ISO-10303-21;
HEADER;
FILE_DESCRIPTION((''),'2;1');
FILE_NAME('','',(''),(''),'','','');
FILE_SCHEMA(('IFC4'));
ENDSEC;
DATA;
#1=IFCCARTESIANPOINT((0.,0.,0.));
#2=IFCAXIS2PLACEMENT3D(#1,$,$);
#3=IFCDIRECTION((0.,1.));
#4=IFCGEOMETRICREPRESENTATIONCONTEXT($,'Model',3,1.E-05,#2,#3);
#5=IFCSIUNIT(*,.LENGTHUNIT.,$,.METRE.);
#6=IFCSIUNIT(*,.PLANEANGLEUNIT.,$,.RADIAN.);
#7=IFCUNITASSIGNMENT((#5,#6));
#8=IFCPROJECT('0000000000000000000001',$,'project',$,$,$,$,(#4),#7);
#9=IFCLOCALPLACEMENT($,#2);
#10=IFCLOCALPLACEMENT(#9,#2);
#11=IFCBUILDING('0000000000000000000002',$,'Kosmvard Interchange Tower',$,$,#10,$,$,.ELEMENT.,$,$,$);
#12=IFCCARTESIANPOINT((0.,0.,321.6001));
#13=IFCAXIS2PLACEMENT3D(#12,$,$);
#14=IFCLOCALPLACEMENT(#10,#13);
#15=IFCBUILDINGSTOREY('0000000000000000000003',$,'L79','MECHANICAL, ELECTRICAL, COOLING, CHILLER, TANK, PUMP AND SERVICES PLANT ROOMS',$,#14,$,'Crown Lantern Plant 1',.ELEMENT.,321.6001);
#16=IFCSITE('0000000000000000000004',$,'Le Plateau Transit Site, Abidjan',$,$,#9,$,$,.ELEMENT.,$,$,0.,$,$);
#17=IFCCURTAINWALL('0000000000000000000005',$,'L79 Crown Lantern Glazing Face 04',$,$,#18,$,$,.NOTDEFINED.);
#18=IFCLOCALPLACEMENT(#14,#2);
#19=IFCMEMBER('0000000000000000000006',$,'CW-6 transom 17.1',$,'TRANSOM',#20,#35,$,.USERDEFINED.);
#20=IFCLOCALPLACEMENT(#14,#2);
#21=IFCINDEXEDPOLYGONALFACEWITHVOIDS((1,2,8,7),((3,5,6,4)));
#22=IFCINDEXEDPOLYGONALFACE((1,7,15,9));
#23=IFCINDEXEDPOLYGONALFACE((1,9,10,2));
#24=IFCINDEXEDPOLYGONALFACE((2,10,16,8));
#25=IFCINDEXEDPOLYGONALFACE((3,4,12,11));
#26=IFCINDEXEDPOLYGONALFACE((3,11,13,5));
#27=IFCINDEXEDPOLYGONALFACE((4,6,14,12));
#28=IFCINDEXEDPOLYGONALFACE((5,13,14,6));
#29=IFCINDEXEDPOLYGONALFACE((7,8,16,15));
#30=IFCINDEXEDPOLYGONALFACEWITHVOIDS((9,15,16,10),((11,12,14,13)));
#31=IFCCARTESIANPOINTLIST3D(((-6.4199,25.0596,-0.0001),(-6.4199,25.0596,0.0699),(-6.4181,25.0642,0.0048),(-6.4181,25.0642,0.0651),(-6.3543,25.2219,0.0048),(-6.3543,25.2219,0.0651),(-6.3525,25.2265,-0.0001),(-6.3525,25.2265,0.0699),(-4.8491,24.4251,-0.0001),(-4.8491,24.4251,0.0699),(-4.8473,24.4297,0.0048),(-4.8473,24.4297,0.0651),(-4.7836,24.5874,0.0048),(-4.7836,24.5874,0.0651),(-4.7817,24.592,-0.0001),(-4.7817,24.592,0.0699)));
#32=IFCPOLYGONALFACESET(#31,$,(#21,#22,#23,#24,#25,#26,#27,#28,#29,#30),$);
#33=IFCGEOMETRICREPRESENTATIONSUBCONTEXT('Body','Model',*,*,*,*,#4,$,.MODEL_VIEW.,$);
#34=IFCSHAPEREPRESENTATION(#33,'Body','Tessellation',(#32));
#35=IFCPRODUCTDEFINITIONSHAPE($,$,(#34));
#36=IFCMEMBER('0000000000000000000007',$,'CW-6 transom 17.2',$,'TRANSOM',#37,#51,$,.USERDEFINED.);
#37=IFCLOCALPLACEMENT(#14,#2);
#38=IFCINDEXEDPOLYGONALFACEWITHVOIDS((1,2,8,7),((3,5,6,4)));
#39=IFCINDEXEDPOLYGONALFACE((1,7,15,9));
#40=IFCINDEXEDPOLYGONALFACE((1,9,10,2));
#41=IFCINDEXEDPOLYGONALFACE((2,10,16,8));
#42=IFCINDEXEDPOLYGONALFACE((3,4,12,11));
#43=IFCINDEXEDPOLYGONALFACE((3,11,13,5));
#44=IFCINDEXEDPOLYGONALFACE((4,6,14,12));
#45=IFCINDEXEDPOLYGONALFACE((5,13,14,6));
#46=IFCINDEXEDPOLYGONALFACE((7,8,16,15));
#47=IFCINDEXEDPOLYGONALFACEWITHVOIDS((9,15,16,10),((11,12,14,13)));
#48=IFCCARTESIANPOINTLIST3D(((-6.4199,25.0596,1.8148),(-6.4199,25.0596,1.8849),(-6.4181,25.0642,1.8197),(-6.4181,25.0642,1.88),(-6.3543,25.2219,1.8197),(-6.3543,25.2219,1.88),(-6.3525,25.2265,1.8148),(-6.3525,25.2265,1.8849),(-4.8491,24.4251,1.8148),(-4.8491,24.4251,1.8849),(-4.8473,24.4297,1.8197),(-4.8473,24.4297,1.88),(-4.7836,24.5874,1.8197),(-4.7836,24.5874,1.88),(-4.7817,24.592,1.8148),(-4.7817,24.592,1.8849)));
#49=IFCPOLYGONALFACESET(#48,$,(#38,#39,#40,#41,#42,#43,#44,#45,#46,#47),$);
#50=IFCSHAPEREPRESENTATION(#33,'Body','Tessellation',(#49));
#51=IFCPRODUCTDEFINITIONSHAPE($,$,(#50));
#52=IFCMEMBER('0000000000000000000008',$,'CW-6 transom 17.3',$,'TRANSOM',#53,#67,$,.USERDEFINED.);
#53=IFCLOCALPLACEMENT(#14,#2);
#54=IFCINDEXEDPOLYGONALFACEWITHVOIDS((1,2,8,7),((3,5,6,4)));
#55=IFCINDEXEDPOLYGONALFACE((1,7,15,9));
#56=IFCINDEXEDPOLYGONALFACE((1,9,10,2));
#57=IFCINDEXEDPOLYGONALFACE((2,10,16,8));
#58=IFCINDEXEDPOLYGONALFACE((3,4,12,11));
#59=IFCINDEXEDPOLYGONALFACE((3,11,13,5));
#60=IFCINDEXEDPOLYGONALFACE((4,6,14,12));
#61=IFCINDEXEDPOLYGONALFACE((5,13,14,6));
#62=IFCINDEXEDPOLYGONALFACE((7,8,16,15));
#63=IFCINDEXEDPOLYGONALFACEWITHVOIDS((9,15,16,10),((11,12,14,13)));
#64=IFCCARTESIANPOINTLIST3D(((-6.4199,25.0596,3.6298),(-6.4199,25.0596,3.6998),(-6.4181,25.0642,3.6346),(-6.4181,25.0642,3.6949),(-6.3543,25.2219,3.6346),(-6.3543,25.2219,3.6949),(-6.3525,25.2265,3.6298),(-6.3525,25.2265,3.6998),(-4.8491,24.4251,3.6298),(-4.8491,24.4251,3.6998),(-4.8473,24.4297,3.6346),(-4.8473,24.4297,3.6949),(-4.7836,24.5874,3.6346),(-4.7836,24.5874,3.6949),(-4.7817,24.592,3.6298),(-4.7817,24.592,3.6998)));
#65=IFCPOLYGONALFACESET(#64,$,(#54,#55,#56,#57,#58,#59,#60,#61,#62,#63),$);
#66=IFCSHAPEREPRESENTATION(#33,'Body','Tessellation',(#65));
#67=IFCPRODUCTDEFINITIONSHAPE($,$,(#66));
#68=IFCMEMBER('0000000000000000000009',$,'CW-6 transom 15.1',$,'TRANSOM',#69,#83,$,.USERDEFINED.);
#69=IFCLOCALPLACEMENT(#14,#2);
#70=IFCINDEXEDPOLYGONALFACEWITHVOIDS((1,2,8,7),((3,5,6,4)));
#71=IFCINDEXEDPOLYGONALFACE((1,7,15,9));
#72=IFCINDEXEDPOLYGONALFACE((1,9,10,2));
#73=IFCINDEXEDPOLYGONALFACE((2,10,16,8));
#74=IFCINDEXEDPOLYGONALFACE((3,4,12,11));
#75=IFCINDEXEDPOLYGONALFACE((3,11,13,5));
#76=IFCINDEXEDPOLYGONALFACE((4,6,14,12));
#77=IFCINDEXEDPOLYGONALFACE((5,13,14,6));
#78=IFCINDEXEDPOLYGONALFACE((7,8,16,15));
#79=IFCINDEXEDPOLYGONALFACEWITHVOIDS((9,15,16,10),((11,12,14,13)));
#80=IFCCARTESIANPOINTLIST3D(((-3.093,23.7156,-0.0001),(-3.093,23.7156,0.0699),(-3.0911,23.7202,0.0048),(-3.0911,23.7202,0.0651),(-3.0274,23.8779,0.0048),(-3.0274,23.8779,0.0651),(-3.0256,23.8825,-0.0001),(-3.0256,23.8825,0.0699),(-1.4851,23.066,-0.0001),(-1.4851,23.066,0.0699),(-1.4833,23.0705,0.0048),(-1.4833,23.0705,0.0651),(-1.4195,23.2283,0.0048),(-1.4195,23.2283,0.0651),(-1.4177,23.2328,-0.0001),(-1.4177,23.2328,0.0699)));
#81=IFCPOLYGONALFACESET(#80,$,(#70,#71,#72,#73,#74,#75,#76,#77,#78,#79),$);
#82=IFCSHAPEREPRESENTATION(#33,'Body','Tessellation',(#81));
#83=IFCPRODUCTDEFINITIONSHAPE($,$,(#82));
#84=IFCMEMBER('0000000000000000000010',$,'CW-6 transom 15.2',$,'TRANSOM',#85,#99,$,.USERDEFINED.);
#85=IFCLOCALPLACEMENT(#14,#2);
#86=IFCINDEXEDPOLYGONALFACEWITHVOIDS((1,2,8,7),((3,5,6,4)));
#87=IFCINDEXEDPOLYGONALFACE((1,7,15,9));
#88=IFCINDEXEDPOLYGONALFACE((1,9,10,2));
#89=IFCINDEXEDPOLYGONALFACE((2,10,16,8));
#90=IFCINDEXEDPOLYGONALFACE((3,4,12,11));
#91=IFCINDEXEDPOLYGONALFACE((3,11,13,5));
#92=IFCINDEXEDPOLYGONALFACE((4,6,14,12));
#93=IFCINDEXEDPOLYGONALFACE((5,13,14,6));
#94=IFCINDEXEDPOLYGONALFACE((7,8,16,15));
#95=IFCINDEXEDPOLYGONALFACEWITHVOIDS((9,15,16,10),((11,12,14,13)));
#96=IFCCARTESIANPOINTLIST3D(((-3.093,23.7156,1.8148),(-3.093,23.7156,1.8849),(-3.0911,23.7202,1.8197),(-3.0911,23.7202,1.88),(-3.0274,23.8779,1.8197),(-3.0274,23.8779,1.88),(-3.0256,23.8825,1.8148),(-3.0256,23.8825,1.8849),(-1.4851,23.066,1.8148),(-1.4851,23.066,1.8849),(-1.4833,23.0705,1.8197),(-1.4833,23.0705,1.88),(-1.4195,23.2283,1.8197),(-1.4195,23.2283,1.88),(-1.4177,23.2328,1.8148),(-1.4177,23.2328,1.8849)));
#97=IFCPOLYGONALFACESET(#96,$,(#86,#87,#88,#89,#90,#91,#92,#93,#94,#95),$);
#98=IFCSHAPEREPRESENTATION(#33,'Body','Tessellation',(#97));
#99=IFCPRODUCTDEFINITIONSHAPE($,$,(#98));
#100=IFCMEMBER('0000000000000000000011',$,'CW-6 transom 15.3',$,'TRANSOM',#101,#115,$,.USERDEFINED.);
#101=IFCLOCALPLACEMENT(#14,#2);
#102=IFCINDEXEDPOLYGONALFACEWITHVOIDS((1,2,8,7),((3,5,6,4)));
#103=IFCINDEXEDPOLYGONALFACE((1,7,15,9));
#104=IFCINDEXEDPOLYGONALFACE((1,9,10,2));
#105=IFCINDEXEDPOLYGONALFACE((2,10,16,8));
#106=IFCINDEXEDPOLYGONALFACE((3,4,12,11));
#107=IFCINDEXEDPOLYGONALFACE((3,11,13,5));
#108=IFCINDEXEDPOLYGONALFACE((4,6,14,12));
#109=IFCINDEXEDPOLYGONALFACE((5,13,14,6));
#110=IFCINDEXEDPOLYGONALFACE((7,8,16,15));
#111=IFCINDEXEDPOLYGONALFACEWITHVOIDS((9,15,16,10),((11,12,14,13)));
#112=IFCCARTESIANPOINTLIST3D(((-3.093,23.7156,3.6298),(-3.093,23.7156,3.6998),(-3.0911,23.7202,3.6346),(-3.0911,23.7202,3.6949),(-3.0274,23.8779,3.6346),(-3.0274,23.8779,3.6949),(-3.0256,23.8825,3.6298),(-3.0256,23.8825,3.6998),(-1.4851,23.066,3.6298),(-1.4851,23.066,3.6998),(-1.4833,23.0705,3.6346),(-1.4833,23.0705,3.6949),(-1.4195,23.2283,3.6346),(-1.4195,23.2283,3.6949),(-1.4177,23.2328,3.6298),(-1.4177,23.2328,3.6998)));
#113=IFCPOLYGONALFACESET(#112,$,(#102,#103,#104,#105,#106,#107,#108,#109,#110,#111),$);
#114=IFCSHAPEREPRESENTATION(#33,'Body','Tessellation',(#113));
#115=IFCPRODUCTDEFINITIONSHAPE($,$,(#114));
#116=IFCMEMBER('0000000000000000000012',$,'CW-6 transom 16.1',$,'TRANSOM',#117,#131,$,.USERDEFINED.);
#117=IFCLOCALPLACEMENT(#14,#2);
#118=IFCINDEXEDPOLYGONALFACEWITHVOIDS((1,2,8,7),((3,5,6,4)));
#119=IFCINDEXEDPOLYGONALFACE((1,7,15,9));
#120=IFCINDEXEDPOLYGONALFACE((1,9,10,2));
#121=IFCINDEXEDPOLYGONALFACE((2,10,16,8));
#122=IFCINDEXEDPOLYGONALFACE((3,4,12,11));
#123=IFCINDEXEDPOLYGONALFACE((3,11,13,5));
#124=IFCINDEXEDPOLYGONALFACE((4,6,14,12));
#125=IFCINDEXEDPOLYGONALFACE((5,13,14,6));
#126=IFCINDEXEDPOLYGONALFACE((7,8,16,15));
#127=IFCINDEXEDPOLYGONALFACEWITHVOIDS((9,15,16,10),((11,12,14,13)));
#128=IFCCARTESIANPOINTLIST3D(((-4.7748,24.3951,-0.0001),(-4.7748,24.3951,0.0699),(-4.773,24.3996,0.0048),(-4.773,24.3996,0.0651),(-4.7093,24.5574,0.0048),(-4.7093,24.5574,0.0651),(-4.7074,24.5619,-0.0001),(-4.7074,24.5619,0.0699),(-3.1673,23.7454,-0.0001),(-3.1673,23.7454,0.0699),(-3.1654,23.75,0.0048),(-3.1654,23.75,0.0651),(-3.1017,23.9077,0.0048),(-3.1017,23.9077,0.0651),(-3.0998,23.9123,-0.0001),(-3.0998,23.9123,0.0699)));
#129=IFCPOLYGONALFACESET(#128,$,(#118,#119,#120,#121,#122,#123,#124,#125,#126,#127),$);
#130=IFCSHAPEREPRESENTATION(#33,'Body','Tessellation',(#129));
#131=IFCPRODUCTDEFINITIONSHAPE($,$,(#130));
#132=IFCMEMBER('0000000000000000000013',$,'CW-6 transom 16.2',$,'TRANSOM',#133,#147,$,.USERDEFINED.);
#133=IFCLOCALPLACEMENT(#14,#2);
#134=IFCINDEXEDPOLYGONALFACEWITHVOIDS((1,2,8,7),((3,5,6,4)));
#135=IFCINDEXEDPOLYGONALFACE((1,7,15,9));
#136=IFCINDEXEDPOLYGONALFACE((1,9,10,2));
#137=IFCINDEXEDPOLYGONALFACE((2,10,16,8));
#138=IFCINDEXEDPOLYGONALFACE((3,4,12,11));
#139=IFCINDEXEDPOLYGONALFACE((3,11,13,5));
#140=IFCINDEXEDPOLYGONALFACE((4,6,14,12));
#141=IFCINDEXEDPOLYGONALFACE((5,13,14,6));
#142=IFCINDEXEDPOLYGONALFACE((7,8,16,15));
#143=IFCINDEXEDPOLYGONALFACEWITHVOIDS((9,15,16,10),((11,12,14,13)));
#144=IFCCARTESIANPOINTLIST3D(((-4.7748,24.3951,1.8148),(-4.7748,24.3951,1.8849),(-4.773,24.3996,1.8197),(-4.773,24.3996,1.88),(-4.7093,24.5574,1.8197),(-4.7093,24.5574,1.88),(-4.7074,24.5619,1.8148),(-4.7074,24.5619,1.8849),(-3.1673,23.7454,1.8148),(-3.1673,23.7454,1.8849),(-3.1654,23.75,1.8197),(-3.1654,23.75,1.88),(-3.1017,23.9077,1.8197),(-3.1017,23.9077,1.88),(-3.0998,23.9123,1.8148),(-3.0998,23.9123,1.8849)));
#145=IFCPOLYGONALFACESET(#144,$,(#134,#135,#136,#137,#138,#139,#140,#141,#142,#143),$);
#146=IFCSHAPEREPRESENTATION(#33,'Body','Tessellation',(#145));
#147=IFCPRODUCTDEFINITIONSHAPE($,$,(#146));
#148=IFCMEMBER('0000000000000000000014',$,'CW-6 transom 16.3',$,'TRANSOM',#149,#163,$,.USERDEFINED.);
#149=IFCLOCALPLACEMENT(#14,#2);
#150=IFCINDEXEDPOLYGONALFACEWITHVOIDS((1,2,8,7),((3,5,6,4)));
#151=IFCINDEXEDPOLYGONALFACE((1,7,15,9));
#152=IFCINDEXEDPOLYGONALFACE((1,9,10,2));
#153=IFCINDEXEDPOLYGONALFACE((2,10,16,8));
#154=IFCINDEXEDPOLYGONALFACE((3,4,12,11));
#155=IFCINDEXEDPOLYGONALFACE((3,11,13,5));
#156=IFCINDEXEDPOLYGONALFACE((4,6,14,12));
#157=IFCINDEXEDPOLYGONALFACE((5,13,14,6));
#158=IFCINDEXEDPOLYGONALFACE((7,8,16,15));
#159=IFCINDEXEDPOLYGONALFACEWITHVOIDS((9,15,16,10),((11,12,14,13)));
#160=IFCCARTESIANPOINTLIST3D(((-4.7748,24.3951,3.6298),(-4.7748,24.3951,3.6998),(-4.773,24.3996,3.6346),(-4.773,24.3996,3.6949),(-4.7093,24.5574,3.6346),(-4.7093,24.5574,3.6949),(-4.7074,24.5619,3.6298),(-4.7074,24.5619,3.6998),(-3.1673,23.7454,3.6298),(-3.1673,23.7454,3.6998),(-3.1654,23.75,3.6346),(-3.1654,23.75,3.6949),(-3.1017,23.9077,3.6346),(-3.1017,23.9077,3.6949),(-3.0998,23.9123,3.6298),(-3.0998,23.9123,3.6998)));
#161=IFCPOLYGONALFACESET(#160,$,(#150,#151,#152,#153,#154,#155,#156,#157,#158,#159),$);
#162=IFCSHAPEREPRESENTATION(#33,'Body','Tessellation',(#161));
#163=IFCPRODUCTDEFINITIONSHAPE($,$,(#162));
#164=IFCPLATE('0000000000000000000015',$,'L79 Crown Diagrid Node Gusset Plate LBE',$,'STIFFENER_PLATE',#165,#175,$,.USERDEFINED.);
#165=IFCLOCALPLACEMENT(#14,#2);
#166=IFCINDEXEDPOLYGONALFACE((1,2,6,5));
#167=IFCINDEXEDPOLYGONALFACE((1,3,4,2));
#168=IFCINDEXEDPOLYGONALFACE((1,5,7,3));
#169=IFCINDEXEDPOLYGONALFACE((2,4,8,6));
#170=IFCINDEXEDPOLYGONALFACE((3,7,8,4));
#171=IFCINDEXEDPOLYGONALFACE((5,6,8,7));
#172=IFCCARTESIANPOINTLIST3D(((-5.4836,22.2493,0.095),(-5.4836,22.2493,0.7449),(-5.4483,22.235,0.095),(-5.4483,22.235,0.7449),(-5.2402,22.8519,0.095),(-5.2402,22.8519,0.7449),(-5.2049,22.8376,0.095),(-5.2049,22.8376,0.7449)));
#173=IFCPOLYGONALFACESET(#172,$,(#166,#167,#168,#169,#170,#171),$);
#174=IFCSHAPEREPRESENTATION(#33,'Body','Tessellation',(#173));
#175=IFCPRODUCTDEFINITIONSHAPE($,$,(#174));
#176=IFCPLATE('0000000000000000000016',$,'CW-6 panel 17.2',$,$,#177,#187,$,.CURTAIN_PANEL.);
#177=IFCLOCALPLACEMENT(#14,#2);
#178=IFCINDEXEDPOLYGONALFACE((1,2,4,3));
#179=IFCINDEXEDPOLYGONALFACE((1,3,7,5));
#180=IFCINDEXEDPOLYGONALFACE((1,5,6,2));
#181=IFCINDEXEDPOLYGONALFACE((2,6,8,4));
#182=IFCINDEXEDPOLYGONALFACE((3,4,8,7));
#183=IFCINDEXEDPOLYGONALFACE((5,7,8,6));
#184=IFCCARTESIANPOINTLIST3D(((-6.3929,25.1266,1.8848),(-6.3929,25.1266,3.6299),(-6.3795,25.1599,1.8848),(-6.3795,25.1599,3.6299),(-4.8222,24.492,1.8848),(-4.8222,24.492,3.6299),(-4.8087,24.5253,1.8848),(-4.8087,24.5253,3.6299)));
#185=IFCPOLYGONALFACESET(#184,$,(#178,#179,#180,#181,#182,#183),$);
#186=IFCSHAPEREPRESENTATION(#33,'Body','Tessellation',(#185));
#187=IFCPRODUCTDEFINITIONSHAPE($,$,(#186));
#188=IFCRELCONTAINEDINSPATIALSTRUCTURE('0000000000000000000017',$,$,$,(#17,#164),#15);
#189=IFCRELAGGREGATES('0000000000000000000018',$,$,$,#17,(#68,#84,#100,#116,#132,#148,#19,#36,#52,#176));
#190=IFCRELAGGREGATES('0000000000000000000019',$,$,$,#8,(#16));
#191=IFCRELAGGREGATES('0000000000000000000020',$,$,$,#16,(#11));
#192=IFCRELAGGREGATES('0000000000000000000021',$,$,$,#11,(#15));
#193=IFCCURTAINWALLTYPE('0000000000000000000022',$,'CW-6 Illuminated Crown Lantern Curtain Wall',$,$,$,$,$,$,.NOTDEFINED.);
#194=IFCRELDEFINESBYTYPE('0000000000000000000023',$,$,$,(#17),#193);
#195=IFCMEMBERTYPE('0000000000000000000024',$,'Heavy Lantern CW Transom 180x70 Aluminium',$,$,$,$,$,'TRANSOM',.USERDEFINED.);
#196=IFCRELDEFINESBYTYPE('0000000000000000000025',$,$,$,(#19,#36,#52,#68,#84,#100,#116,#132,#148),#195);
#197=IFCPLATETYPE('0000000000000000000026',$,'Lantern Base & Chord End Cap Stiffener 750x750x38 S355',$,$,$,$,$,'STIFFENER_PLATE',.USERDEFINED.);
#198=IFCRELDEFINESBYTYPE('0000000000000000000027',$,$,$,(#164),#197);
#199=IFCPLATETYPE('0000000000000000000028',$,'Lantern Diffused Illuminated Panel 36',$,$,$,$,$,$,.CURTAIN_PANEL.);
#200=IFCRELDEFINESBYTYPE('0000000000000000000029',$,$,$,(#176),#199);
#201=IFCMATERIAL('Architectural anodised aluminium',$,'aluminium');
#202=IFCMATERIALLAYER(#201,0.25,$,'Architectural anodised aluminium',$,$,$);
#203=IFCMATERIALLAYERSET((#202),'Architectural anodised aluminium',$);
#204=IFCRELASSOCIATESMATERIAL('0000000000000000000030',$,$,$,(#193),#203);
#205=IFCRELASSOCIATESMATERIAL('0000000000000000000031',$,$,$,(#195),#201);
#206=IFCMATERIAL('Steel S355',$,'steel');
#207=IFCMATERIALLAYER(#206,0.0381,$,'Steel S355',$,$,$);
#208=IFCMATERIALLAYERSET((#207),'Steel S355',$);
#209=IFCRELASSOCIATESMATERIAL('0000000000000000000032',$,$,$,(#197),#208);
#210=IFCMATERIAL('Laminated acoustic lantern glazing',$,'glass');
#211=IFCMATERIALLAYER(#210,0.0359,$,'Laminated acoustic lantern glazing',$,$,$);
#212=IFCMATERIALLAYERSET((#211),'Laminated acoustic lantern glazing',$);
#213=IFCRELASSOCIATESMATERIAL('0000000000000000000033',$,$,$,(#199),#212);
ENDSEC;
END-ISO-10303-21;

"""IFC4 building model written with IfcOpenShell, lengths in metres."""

from ifc_helpers import new_model, si_unit, direction, frame, origin, origin_2d, place, context, subcontext, project, spatial, rectangle, hollow_rectangle, extrude, source, transform, mapped, material, layer, layer_set, material_profile, profile_set, type_object, element, aggregate, save


model = new_model("IFC4")

# Units and contexts
model_context = context("Model", 3, precision=1e-05, world=origin(), true_north=direction((0.0, 1.0)))
body_context = subcontext(model_context, "Body", "Model", "MODEL_VIEW")
ifc_project = project(units=[si_unit("LENGTHUNIT", "METRE"), si_unit("PLANEANGLEUNIT", "RADIAN")], contexts=[model_context])

# Site, building, storey
site_placement = place(None, origin())
site = spatial("IfcSite", under=ifc_project, at=site_placement, Name="Le Plateau Transit Site, Abidjan", CompositionType="ELEMENT", RefElevation=0.0)
building_placement = place(site_placement, origin())
building = spatial("IfcBuilding", under=site, at=building_placement, Name="Kosmvard Interchange Tower", CompositionType="ELEMENT")
storey_placement = place(building_placement, frame((0.0, 0.0, 321.6001)))
storey = spatial("IfcBuildingStorey", under=building, at=storey_placement, Name="L79", Description="MECHANICAL, ELECTRICAL, COOLING, CHILLER, TANK, PUMP AND SERVICES PLANT ROOMS", LongName="Crown Lantern Plant 1", CompositionType="ELEMENT", Elevation=321.6001)

# Shared definitions
ifc_material_1 = material(Name="Steel S355", Category="steel")

# Curtain wall, members
ifc_material_2 = material(Name="Architectural anodised aluminium", Category="aluminium")
ifc_layer_1 = layer(ifc_material_2, 0.25, Name="Architectural anodised aluminium")
ifc_layer_set_1 = layer_set([ifc_layer_1], Name="Architectural anodised aluminium")
curtain_wall_type = type_object("IfcCurtainWallType", Name="CW-6 Illuminated Crown Lantern Curtain Wall", PredefinedType="NOTDEFINED", material=ifc_layer_set_1)
curtain_wall_placement = place(storey_placement, origin())
curtain_wall = element("IfcCurtainWall", 1, at=curtain_wall_placement, inside=storey, type_object=curtain_wall_type, Name="L79 Crown Lantern Glazing Face 04", PredefinedType="NOTDEFINED")
ifc_material_profile_1 = material_profile(ifc_material_2, hollow_rectangle(XDim=0.1799, YDim=0.0701, WallThickness=0.0049, at=origin_2d()), Name="CWT 180x70x5")
ifc_profile_set_1 = profile_set([ifc_material_profile_1], Name="Architectural anodised aluminium")
member_type_1 = type_object("IfcMemberType", Name="Heavy Lantern CW Transom 180x70 Aluminium", ElementType="TRANSOM", PredefinedType="USERDEFINED", material=ifc_profile_set_1)
shared_shape_1 = source(origin(), body_context, "Body", "SweptSolid", [
    extrude(hollow_rectangle(XDim=0.1799, YDim=0.0701, WallThickness=0.0049, at=origin_2d()), origin(), (0.0, 0.0, 1.0), 1.6941),
])
member_1_placement = place(storey_placement, frame((-4.8154, 24.5085, 0.0349), z_axis=(-0.927209, 0.374544, 0.0), x_axis=(-0.374544, -0.927209, 0.0)))
member_1 = element("IfcMember", 2, at=member_1_placement, type_object=member_type_1, Name="CW-6 transom 17.1", ObjectType="TRANSOM", PredefinedType="USERDEFINED", context=body_context, shape_type="MappedRepresentation", body=[
    mapped(shared_shape_1, transform((0.0, 0.0, 0.0), scale=1.0)),
])
member_2_placement = place(storey_placement, frame((-4.8154, 24.5085, 1.8499), z_axis=(-0.927209, 0.374544, 0.0), x_axis=(-0.374544, -0.927209, 0.0)))
member_2 = element("IfcMember", 3, at=member_2_placement, type_object=member_type_1, Name="CW-6 transom 17.2", ObjectType="TRANSOM", PredefinedType="USERDEFINED", context=body_context, shape_type="MappedRepresentation", body=[
    mapped(shared_shape_1, transform((0.0, 0.0, 0.0), scale=1.0)),
])
member_3_placement = place(storey_placement, frame((-4.8154, 24.5085, 3.6648), z_axis=(-0.927209, 0.374544, 0.0), x_axis=(-0.374544, -0.927209, 0.0)))
member_3 = element("IfcMember", 4, at=member_3_placement, type_object=member_type_1, Name="CW-6 transom 17.3", ObjectType="TRANSOM", PredefinedType="USERDEFINED", context=body_context, shape_type="MappedRepresentation", body=[
    mapped(shared_shape_1, transform((0.0, 0.0, 0.0), scale=1.0)),
])
shared_shape_2 = source(origin(), body_context, "Body", "SweptSolid", [
    extrude(hollow_rectangle(XDim=0.1799, YDim=0.0701, WallThickness=0.0049, at=origin_2d()), origin(), (0.0, 0.0, 1.0), 1.7341),
])
member_4_placement = place(storey_placement, frame((-1.4514, 23.1494, 0.0349), z_axis=(-0.92718, 0.374617, 0.0), x_axis=(-0.374617, -0.92718, 0.0)))
member_4 = element("IfcMember", 5, at=member_4_placement, type_object=member_type_1, Name="CW-6 transom 15.1", ObjectType="TRANSOM", PredefinedType="USERDEFINED", context=body_context, shape_type="MappedRepresentation", body=[
    mapped(shared_shape_2, transform((0.0, 0.0, 0.0), scale=1.0)),
])
member_5_placement = place(storey_placement, frame((-1.4514, 23.1494, 1.8499), z_axis=(-0.92718, 0.374617, 0.0), x_axis=(-0.374617, -0.92718, 0.0)))
member_5 = element("IfcMember", 6, at=member_5_placement, type_object=member_type_1, Name="CW-6 transom 15.2", ObjectType="TRANSOM", PredefinedType="USERDEFINED", context=body_context, shape_type="MappedRepresentation", body=[
    mapped(shared_shape_2, transform((0.0, 0.0, 0.0), scale=1.0)),
])
member_6_placement = place(storey_placement, frame((-1.4514, 23.1494, 3.6648), z_axis=(-0.92718, 0.374617, 0.0), x_axis=(-0.374617, -0.92718, 0.0)))
member_6 = element("IfcMember", 7, at=member_6_placement, type_object=member_type_1, Name="CW-6 transom 15.3", ObjectType="TRANSOM", PredefinedType="USERDEFINED", context=body_context, shape_type="MappedRepresentation", body=[
    mapped(shared_shape_2, transform((0.0, 0.0, 0.0), scale=1.0)),
])
shared_shape_3 = source(origin(), body_context, "Body", "SweptSolid", [
    extrude(hollow_rectangle(XDim=0.1799, YDim=0.0701, WallThickness=0.0049, at=origin_2d()), origin(), (0.0, 0.0, 1.0), 1.7339),
])
member_7_placement = place(storey_placement, frame((-3.1335, 23.8289, 0.0349), z_axis=(-0.92716, 0.374666, 0.0), x_axis=(-0.374666, -0.92716, 0.0)))
member_7 = element("IfcMember", 8, at=member_7_placement, type_object=member_type_1, Name="CW-6 transom 16.1", ObjectType="TRANSOM", PredefinedType="USERDEFINED", context=body_context, shape_type="MappedRepresentation", body=[
    mapped(shared_shape_3, transform((0.0, 0.0, 0.0), scale=1.0)),
])
member_8_placement = place(storey_placement, frame((-3.1335, 23.8289, 1.8499), z_axis=(-0.92716, 0.374666, 0.0), x_axis=(-0.374666, -0.92716, 0.0)))
member_8 = element("IfcMember", 9, at=member_8_placement, type_object=member_type_1, Name="CW-6 transom 16.2", ObjectType="TRANSOM", PredefinedType="USERDEFINED", context=body_context, shape_type="MappedRepresentation", body=[
    mapped(shared_shape_3, transform((0.0, 0.0, 0.0), scale=1.0)),
])
member_9_placement = place(storey_placement, frame((-3.1335, 23.8289, 3.6648), z_axis=(-0.92716, 0.374666, 0.0), x_axis=(-0.374666, -0.92716, 0.0)))
member_9 = element("IfcMember", 10, at=member_9_placement, type_object=member_type_1, Name="CW-6 transom 16.3", ObjectType="TRANSOM", PredefinedType="USERDEFINED", context=body_context, shape_type="MappedRepresentation", body=[
    mapped(shared_shape_3, transform((0.0, 0.0, 0.0), scale=1.0)),
])

# Plates
ifc_layer_2 = layer(ifc_material_1, 0.0381, Name="Steel S355")
ifc_layer_set_2 = layer_set([ifc_layer_2], Name="Steel S355")
plate_type_1 = type_object("IfcPlateType", Name="Lantern Base & Chord End Cap Stiffener 750x750x38 S355", ElementType="STIFFENER_PLATE", PredefinedType="USERDEFINED", material=ifc_layer_set_2)
shared_shape_4 = source(origin(), body_context, "Body", "SweptSolid", [
    extrude(rectangle(XDim=0.6499, YDim=0.0381, at=origin_2d()), origin(), (0.0, 0.0, 1.0), 0.6499),
])
plate_1_placement = place(storey_placement, frame((-5.3442, 22.5435, 0.095), z_axis=(0.0, 0.0, 1.0), x_axis=(0.374607, 0.927184, 0.0)))
element("IfcPlate", 11, at=plate_1_placement, inside=storey, type_object=plate_type_1, Name="L79 Crown Diagrid Node Gusset Plate LBE", ObjectType="STIFFENER_PLATE", PredefinedType="USERDEFINED", context=body_context, shape_type="MappedRepresentation", body=[
    mapped(shared_shape_4, transform((0.0, 0.0, 0.0), scale=1.0)),
])
ifc_material_3 = material(Name="Laminated acoustic lantern glazing", Category="glass")
ifc_layer_3 = layer(ifc_material_3, 0.0359, Name="Laminated acoustic lantern glazing")
ifc_layer_set_3 = layer_set([ifc_layer_3], Name="Laminated acoustic lantern glazing")
plate_type_2 = type_object("IfcPlateType", Name="Lantern Diffused Illuminated Panel 36", PredefinedType="CURTAIN_PANEL", material=ifc_layer_set_3)
shared_shape_5 = source(origin(), body_context, "Body", "SweptSolid", [
    extrude(rectangle(XDim=1.6941, YDim=0.0359, at=origin_2d()), origin(), (0.0, 0.0, 1.0), 1.7451),
])
plate_2_placement = place(storey_placement, frame((-5.6008, 24.8259, 1.8848), z_axis=(0.0, 0.0, 1.0), x_axis=(-0.927184, 0.374607, 0.0)))
plate_2 = element("IfcPlate", 12, at=plate_2_placement, type_object=plate_type_2, Name="CW-6 panel 17.2", PredefinedType="CURTAIN_PANEL", context=body_context, shape_type="MappedRepresentation", body=[
    mapped(shared_shape_5, transform((0.0, 0.0, 0.0), scale=1.0)),
])
aggregate(curtain_wall, [member_4, member_5, member_6, member_7, member_8, member_9, member_1, member_2, member_3, plate_2])

save(model, "model.ifc")
